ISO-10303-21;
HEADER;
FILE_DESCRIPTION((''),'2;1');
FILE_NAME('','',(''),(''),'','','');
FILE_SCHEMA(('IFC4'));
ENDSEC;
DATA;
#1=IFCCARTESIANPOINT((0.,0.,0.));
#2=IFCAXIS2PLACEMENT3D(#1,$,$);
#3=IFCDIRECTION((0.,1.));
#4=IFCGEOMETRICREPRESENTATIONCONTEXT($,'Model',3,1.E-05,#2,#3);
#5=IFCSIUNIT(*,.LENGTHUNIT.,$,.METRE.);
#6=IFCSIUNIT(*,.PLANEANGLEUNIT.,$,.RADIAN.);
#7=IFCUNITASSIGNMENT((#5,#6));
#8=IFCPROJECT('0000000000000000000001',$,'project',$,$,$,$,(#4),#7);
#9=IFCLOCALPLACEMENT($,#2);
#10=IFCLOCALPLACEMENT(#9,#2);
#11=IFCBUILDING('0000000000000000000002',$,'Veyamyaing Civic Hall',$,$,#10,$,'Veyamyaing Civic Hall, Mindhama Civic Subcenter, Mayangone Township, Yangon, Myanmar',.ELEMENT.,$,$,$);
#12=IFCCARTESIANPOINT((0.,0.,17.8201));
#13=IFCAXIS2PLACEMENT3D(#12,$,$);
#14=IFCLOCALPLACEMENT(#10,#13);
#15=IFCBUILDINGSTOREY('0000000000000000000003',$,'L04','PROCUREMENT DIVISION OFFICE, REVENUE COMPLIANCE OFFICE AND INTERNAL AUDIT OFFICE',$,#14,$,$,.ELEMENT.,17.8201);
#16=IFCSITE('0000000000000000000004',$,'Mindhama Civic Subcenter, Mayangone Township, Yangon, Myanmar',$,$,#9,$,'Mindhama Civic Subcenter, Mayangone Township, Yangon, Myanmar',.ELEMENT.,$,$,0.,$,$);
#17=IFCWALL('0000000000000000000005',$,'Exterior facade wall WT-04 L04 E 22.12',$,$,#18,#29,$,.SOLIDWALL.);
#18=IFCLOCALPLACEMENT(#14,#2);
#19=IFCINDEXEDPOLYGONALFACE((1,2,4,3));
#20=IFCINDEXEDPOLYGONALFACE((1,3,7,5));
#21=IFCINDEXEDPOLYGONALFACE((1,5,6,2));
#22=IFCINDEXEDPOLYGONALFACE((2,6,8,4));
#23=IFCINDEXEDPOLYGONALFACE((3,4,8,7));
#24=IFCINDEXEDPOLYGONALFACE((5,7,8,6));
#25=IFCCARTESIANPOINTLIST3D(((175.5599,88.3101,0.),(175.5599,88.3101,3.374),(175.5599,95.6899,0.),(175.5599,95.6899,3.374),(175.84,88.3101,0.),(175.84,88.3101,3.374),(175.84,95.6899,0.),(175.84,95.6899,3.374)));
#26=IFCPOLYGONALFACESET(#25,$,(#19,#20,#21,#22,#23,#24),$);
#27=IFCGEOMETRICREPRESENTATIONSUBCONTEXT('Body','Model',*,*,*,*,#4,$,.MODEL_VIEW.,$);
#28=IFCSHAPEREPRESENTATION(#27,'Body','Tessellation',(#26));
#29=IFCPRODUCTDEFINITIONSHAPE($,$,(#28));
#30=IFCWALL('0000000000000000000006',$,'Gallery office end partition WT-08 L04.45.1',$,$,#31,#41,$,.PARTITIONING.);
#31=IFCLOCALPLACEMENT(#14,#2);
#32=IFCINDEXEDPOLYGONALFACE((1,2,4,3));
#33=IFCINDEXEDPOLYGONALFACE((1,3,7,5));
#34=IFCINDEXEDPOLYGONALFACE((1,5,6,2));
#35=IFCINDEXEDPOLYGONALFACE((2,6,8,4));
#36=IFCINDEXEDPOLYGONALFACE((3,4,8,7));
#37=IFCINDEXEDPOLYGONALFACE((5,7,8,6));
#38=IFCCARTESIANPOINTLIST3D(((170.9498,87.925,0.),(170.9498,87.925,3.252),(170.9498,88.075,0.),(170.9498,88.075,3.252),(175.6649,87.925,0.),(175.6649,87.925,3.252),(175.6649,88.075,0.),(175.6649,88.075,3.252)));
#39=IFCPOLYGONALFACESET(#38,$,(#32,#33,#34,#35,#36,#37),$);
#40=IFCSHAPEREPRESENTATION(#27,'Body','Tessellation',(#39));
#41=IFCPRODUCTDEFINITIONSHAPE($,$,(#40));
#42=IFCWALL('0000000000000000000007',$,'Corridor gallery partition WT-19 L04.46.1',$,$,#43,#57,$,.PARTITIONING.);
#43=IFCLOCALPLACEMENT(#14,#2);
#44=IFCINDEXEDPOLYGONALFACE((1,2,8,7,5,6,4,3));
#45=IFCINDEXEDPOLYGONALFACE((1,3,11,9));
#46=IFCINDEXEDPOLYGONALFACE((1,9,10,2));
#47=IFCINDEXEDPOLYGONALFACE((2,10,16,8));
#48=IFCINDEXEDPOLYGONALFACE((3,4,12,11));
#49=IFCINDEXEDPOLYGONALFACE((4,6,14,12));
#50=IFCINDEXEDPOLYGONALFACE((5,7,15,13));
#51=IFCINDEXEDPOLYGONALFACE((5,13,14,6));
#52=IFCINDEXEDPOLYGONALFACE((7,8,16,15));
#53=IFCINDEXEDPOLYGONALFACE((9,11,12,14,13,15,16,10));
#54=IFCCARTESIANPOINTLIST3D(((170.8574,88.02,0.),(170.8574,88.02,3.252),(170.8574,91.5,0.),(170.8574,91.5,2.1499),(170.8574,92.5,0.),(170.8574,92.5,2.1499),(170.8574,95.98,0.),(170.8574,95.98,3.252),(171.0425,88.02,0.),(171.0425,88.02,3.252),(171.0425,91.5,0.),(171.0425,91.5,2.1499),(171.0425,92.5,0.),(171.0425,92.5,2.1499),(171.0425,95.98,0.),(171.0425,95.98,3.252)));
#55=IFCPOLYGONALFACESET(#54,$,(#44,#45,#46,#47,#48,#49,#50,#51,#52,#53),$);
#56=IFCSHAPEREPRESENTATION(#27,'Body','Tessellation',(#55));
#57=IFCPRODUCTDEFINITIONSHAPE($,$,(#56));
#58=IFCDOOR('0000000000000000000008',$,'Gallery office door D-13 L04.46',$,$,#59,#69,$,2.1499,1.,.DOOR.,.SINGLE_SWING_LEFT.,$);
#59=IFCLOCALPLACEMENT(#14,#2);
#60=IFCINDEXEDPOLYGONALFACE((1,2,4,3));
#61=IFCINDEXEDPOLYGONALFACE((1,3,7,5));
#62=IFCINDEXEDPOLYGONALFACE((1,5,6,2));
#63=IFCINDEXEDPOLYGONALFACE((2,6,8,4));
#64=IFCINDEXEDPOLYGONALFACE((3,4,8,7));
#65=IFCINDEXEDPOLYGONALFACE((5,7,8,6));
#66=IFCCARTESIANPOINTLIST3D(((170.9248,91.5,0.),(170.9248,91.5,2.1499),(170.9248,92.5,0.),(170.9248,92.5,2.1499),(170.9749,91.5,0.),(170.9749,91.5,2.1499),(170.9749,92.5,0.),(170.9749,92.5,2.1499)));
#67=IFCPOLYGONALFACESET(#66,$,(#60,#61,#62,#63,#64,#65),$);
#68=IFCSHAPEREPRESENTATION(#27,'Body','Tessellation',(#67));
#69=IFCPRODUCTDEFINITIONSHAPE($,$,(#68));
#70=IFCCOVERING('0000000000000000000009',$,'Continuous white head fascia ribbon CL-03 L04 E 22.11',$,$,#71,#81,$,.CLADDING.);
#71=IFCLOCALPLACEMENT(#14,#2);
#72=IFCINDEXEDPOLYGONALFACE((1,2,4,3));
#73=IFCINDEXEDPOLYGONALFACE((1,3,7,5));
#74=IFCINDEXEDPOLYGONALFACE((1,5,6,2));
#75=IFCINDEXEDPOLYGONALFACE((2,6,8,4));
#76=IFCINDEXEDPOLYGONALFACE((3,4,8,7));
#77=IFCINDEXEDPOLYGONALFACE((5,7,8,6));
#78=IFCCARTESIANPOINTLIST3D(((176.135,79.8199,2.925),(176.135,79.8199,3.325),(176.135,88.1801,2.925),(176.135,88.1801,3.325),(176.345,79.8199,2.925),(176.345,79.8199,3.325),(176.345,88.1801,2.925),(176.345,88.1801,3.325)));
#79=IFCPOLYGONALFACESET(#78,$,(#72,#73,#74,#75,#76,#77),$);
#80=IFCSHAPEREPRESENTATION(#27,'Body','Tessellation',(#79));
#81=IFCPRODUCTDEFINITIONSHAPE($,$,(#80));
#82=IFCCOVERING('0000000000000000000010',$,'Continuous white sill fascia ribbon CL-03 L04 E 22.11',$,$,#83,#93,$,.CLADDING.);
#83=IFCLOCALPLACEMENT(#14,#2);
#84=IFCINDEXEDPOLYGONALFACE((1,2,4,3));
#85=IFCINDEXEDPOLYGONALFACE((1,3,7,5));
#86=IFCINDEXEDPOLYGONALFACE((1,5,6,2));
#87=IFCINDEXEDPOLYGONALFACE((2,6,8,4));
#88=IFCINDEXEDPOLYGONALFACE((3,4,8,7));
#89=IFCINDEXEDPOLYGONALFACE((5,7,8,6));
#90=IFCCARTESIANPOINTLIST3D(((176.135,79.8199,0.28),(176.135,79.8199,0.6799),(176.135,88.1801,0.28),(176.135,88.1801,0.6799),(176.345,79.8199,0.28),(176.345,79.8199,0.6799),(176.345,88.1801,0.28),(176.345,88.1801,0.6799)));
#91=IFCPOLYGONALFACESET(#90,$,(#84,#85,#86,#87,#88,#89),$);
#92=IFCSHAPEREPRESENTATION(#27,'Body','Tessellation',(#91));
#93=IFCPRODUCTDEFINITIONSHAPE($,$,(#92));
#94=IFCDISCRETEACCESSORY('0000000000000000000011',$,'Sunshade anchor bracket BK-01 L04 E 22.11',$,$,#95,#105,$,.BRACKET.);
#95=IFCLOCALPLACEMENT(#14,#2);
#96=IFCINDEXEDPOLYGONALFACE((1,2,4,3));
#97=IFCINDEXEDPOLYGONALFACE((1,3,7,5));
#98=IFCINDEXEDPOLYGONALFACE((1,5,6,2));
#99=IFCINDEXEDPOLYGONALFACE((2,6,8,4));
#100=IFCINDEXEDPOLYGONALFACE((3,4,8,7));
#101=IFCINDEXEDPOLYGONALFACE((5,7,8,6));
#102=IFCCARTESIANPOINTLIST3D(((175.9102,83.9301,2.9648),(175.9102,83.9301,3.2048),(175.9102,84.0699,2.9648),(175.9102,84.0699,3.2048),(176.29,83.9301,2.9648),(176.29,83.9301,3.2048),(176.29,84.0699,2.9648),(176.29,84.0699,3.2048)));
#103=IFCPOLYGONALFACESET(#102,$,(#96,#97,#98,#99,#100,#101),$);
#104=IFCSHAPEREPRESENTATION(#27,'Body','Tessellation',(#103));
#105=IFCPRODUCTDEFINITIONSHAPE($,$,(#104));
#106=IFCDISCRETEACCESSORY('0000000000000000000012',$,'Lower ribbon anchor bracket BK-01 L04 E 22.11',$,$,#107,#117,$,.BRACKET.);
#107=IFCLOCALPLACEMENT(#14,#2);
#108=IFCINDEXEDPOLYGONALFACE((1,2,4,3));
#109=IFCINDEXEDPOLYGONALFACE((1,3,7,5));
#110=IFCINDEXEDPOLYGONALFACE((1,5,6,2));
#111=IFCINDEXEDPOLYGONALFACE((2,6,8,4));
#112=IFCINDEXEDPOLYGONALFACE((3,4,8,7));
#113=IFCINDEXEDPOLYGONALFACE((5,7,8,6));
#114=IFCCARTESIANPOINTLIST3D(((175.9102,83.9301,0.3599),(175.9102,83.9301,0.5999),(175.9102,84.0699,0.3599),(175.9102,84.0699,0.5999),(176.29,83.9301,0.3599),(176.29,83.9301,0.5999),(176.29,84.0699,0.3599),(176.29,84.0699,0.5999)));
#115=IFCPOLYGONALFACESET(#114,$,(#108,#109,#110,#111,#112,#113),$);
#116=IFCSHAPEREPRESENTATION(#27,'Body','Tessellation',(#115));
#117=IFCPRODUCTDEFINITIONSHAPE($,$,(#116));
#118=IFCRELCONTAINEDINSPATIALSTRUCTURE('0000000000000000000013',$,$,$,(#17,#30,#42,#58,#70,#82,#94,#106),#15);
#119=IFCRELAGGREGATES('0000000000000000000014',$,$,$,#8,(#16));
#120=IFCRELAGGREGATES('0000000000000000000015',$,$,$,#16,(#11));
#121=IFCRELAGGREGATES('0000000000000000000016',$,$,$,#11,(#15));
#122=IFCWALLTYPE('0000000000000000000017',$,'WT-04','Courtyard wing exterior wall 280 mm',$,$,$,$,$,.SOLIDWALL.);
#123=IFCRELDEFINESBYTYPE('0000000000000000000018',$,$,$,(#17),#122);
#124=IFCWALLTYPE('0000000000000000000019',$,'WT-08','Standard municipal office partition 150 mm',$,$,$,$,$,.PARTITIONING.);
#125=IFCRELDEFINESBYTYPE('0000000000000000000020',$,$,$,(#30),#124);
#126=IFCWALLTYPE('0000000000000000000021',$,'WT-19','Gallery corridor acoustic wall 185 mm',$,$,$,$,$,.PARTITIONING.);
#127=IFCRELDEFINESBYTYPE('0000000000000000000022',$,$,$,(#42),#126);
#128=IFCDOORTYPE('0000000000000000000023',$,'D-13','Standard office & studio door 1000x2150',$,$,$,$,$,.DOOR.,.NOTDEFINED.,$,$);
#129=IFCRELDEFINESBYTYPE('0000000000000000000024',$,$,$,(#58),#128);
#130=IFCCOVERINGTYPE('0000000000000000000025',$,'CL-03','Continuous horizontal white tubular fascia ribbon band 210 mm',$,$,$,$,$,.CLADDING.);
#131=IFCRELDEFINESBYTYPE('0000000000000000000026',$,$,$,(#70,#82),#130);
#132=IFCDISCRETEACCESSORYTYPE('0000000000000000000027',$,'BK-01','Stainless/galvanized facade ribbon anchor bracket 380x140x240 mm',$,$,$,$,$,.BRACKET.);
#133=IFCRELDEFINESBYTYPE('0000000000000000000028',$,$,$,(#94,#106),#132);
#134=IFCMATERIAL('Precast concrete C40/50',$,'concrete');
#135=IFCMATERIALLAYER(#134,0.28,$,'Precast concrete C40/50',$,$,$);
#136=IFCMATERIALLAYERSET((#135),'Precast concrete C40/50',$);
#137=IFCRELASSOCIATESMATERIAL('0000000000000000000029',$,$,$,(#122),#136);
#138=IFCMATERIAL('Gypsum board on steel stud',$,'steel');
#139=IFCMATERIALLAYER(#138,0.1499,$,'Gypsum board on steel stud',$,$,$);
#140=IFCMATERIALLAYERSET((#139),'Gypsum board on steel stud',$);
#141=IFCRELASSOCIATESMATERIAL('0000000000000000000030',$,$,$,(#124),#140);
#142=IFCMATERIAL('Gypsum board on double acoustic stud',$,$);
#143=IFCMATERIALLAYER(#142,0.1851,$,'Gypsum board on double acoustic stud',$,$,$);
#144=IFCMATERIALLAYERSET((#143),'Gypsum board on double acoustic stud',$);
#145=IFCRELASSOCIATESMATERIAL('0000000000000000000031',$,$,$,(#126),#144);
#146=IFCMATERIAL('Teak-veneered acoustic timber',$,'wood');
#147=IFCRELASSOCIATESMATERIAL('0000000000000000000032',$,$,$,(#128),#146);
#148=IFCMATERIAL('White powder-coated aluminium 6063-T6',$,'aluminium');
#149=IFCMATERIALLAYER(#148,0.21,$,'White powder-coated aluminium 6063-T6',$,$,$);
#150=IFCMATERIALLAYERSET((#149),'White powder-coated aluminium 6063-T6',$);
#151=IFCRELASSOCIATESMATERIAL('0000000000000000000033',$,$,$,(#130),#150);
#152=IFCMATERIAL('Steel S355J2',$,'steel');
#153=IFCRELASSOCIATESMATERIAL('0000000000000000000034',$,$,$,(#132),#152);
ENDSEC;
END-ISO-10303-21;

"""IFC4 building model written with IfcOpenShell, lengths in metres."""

from ifc_helpers import new_model, si_unit, direction, frame, frame_2d, origin, origin_2d, place, context, subcontext, project, spatial, rectangle, extrude, material, layer, layer_set, type_object, element, fill, save


model = new_model("IFC4")

# Units and contexts
model_context = context("Model", 3, precision=1e-05, world=origin(), true_north=direction((0.0, 1.0)))
body_context = subcontext(model_context, "Body", "Model", "MODEL_VIEW")
ifc_project = project(units=[si_unit("LENGTHUNIT", "METRE"), si_unit("PLANEANGLEUNIT", "RADIAN")], contexts=[model_context])

# Site, building, storey
site_placement = place(None, origin())
site = spatial("IfcSite", under=ifc_project, at=site_placement, Name="Mindhama Civic Subcenter, Mayangone Township, Yangon, Myanmar", LongName="Mindhama Civic Subcenter, Mayangone Township, Yangon, Myanmar", CompositionType="ELEMENT", RefElevation=0.0)
building_placement = place(site_placement, origin())
building = spatial("IfcBuilding", under=site, at=building_placement, Name="Veyamyaing Civic Hall", LongName="Veyamyaing Civic Hall, Mindhama Civic Subcenter, Mayangone Township, Yangon, Myanmar", CompositionType="ELEMENT")
storey_placement = place(building_placement, frame((0.0, 0.0, 17.8201)))
storey = spatial("IfcBuildingStorey", under=building, at=storey_placement, Name="L04", Description="PROCUREMENT DIVISION OFFICE, REVENUE COMPLIANCE OFFICE AND INTERNAL AUDIT OFFICE", CompositionType="ELEMENT", Elevation=17.8201)

# Shared definitions
ifc_material_1 = material(Name="Steel S355J2", Category="steel")

# Walls
ifc_material_2 = material(Name="Precast concrete C40/50", Category="concrete")
ifc_layer_1 = layer(ifc_material_2, 0.28, Name="Precast concrete C40/50")
ifc_layer_set_1 = layer_set([ifc_layer_1], Name="Precast concrete C40/50")
wall_type_1 = type_object("IfcWallType", Name="WT-04", Description="Courtyard wing exterior wall 280 mm", PredefinedType="SOLIDWALL", material=ifc_layer_set_1)
wall_1_placement = place(storey_placement, frame((175.7, 88.3101, 0.0), z_axis=(0.0, 0.0, 1.0), x_axis=(0.0, 1.0, 0.0)))
element("IfcWall", 1, at=wall_1_placement, inside=storey, type_object=wall_type_1, Name="Exterior facade wall WT-04 L04 E 22.12", PredefinedType="SOLIDWALL", context=body_context, shape_type="SweptSolid", body=[
    extrude(rectangle(XDim=7.3799, YDim=0.28, at=frame_2d((3.6899, 0.0))), origin(), (0.0, 0.0, 1.0), 3.374),
])
ifc_material_3 = material(Name="Gypsum board on steel stud", Category="steel")
ifc_layer_2 = layer(ifc_material_3, 0.1499, Name="Gypsum board on steel stud")
ifc_layer_set_2 = layer_set([ifc_layer_2], Name="Gypsum board on steel stud")
wall_type_2 = type_object("IfcWallType", Name="WT-08", Description="Standard municipal office partition 150 mm", PredefinedType="PARTITIONING", material=ifc_layer_set_2)
wall_2_placement = place(storey_placement, frame((170.95, 88.0, 0.0), z_axis=(0.0, 0.0, 1.0), x_axis=(1.0, 0.0, 0.0)))
element("IfcWall", 2, at=wall_2_placement, inside=storey, type_object=wall_type_2, Name="Gallery office end partition WT-08 L04.45.1", PredefinedType="PARTITIONING", context=body_context, shape_type="SweptSolid", body=[
    extrude(rectangle(XDim=4.7151, YDim=0.1499, at=frame_2d((2.3574, 0.0))), origin(), (0.0, 0.0, 1.0), 3.252),
])

# Wall, opening, door
ifc_material_4 = material(Name="Gypsum board on double acoustic stud")
ifc_layer_3 = layer(ifc_material_4, 0.1851, Name="Gypsum board on double acoustic stud")
ifc_layer_set_3 = layer_set([ifc_layer_3], Name="Gypsum board on double acoustic stud")
wall_type_3 = type_object("IfcWallType", Name="WT-19", Description="Gallery corridor acoustic wall 185 mm", PredefinedType="PARTITIONING", material=ifc_layer_set_3)
wall_3_placement = place(storey_placement, frame((170.95, 88.02, 0.0), z_axis=(0.0, 0.0, 1.0), x_axis=(0.0, 1.0, 0.0)))
wall_3 = element("IfcWall", 3, at=wall_3_placement, inside=storey, type_object=wall_type_3, Name="Corridor gallery partition WT-19 L04.46.1", PredefinedType="PARTITIONING", context=body_context, shape_type="SweptSolid", body=[
    extrude(rectangle(XDim=7.96, YDim=0.1851, at=frame_2d((3.98, 0.0))), origin(), (0.0, 0.0, 1.0), 3.252),
])
opening_placement = place(wall_3_placement, frame((3.48, 0.0, 0.0)))
opening = element("IfcOpeningElement", 4, at=opening_placement, cuts=wall_3, PredefinedType="OPENING", context=body_context, shape_type="SweptSolid", body=[
    extrude(rectangle(XDim=1.0, YDim=2.1499, at=frame_2d((0.5, 1.075))), frame((0.0, 0.1025, 0.0), z_axis=(0.0, -1.0, 0.0), x_axis=(1.0, 0.0, 0.0)), (0.0, 0.0, 1.0), 0.2051),
])
ifc_material_5 = material(Name="Teak-veneered acoustic timber", Category="wood")
door_type = type_object("IfcDoorType", Name="D-13", Description="Standard office & studio door 1000x2150", OperationType="NOTDEFINED", PredefinedType="DOOR", material=ifc_material_5)
door_placement = place(opening_placement, frame((1.0, 0.0, 0.0), z_axis=(0.0, 0.0, 1.0), x_axis=(-1.0, 0.0, 0.0)))
door = element("IfcDoor", 5, at=door_placement, inside=storey, type_object=door_type, Name="Gallery office door D-13 L04.46", OperationType="SINGLE_SWING_LEFT", OverallHeight=2.1499, OverallWidth=1.0, PredefinedType="DOOR", context=body_context, shape_type="SweptSolid", body=[
    extrude(rectangle(XDim=1.0, YDim=2.1499, at=frame_2d((0.5, 1.075))), frame((0.0, 0.0249, 0.0), z_axis=(0.0, -1.0, 0.0), x_axis=(1.0, 0.0, 0.0)), (0.0, 0.0, 1.0), 0.05),
])
fill(opening, door)

# Coverings
ifc_material_6 = material(Name="White powder-coated aluminium 6063-T6", Category="aluminium")
ifc_layer_4 = layer(ifc_material_6, 0.21, Name="White powder-coated aluminium 6063-T6")
ifc_layer_set_4 = layer_set([ifc_layer_4], Name="White powder-coated aluminium 6063-T6")
covering_type = type_object("IfcCoveringType", Name="CL-03", Description="Continuous horizontal white tubular fascia ribbon band 210 mm", PredefinedType="CLADDING", material=ifc_layer_set_4)
for number, where, z_axis, x_axis, name in (
    (6, (176.24, 84.0, 2.925), (0.0, 0.0, 1.0), (0.0, 1.0, 0.0), "Continuous white head fascia ribbon CL-03 L04 E 22.11"),
    (7, (176.24, 84.0, 0.28), (0.0, 0.0, 1.0), (0.0, 1.0, 0.0), "Continuous white sill fascia ribbon CL-03 L04 E 22.11"),
):
    element("IfcCovering", number, at=place(storey_placement, frame(where, z_axis=z_axis, x_axis=x_axis)), inside=storey, type_object=covering_type, Name=name, PredefinedType="CLADDING", context=body_context, shape_type="SweptSolid", body=[
        extrude(rectangle(XDim=8.3601, YDim=0.21, at=origin_2d()), origin(), (0.0, 0.0, 1.0), 0.3999),
    ])

# Discrete accessories
discrete_accessory_type = type_object("IfcDiscreteAccessoryType", Name="BK-01", Description="Stainless/galvanized facade ribbon anchor bracket 380x140x240 mm", PredefinedType="BRACKET", material=ifc_material_1)
for number, where, z_axis, x_axis, name in (
    (8, (176.1001, 84.0, 2.9648), (0.0, 0.0, 1.0), (1.0, 0.0, 0.0), "Sunshade anchor bracket BK-01 L04 E 22.11"),
    (9, (176.1001, 84.0, 0.3599), (0.0, 0.0, 1.0), (1.0, 0.0, 0.0), "Lower ribbon anchor bracket BK-01 L04 E 22.11"),
):
    element("IfcDiscreteAccessory", number, at=place(storey_placement, frame(where, z_axis=z_axis, x_axis=x_axis)), inside=storey, type_object=discrete_accessory_type, Name=name, PredefinedType="BRACKET", context=body_context, shape_type="SweptSolid", body=[
        extrude(rectangle(XDim=0.3799, YDim=0.1399, at=origin_2d()), origin(), (0.0, 0.0, 1.0), 0.24),
    ])

save(model, "model.ifc")
